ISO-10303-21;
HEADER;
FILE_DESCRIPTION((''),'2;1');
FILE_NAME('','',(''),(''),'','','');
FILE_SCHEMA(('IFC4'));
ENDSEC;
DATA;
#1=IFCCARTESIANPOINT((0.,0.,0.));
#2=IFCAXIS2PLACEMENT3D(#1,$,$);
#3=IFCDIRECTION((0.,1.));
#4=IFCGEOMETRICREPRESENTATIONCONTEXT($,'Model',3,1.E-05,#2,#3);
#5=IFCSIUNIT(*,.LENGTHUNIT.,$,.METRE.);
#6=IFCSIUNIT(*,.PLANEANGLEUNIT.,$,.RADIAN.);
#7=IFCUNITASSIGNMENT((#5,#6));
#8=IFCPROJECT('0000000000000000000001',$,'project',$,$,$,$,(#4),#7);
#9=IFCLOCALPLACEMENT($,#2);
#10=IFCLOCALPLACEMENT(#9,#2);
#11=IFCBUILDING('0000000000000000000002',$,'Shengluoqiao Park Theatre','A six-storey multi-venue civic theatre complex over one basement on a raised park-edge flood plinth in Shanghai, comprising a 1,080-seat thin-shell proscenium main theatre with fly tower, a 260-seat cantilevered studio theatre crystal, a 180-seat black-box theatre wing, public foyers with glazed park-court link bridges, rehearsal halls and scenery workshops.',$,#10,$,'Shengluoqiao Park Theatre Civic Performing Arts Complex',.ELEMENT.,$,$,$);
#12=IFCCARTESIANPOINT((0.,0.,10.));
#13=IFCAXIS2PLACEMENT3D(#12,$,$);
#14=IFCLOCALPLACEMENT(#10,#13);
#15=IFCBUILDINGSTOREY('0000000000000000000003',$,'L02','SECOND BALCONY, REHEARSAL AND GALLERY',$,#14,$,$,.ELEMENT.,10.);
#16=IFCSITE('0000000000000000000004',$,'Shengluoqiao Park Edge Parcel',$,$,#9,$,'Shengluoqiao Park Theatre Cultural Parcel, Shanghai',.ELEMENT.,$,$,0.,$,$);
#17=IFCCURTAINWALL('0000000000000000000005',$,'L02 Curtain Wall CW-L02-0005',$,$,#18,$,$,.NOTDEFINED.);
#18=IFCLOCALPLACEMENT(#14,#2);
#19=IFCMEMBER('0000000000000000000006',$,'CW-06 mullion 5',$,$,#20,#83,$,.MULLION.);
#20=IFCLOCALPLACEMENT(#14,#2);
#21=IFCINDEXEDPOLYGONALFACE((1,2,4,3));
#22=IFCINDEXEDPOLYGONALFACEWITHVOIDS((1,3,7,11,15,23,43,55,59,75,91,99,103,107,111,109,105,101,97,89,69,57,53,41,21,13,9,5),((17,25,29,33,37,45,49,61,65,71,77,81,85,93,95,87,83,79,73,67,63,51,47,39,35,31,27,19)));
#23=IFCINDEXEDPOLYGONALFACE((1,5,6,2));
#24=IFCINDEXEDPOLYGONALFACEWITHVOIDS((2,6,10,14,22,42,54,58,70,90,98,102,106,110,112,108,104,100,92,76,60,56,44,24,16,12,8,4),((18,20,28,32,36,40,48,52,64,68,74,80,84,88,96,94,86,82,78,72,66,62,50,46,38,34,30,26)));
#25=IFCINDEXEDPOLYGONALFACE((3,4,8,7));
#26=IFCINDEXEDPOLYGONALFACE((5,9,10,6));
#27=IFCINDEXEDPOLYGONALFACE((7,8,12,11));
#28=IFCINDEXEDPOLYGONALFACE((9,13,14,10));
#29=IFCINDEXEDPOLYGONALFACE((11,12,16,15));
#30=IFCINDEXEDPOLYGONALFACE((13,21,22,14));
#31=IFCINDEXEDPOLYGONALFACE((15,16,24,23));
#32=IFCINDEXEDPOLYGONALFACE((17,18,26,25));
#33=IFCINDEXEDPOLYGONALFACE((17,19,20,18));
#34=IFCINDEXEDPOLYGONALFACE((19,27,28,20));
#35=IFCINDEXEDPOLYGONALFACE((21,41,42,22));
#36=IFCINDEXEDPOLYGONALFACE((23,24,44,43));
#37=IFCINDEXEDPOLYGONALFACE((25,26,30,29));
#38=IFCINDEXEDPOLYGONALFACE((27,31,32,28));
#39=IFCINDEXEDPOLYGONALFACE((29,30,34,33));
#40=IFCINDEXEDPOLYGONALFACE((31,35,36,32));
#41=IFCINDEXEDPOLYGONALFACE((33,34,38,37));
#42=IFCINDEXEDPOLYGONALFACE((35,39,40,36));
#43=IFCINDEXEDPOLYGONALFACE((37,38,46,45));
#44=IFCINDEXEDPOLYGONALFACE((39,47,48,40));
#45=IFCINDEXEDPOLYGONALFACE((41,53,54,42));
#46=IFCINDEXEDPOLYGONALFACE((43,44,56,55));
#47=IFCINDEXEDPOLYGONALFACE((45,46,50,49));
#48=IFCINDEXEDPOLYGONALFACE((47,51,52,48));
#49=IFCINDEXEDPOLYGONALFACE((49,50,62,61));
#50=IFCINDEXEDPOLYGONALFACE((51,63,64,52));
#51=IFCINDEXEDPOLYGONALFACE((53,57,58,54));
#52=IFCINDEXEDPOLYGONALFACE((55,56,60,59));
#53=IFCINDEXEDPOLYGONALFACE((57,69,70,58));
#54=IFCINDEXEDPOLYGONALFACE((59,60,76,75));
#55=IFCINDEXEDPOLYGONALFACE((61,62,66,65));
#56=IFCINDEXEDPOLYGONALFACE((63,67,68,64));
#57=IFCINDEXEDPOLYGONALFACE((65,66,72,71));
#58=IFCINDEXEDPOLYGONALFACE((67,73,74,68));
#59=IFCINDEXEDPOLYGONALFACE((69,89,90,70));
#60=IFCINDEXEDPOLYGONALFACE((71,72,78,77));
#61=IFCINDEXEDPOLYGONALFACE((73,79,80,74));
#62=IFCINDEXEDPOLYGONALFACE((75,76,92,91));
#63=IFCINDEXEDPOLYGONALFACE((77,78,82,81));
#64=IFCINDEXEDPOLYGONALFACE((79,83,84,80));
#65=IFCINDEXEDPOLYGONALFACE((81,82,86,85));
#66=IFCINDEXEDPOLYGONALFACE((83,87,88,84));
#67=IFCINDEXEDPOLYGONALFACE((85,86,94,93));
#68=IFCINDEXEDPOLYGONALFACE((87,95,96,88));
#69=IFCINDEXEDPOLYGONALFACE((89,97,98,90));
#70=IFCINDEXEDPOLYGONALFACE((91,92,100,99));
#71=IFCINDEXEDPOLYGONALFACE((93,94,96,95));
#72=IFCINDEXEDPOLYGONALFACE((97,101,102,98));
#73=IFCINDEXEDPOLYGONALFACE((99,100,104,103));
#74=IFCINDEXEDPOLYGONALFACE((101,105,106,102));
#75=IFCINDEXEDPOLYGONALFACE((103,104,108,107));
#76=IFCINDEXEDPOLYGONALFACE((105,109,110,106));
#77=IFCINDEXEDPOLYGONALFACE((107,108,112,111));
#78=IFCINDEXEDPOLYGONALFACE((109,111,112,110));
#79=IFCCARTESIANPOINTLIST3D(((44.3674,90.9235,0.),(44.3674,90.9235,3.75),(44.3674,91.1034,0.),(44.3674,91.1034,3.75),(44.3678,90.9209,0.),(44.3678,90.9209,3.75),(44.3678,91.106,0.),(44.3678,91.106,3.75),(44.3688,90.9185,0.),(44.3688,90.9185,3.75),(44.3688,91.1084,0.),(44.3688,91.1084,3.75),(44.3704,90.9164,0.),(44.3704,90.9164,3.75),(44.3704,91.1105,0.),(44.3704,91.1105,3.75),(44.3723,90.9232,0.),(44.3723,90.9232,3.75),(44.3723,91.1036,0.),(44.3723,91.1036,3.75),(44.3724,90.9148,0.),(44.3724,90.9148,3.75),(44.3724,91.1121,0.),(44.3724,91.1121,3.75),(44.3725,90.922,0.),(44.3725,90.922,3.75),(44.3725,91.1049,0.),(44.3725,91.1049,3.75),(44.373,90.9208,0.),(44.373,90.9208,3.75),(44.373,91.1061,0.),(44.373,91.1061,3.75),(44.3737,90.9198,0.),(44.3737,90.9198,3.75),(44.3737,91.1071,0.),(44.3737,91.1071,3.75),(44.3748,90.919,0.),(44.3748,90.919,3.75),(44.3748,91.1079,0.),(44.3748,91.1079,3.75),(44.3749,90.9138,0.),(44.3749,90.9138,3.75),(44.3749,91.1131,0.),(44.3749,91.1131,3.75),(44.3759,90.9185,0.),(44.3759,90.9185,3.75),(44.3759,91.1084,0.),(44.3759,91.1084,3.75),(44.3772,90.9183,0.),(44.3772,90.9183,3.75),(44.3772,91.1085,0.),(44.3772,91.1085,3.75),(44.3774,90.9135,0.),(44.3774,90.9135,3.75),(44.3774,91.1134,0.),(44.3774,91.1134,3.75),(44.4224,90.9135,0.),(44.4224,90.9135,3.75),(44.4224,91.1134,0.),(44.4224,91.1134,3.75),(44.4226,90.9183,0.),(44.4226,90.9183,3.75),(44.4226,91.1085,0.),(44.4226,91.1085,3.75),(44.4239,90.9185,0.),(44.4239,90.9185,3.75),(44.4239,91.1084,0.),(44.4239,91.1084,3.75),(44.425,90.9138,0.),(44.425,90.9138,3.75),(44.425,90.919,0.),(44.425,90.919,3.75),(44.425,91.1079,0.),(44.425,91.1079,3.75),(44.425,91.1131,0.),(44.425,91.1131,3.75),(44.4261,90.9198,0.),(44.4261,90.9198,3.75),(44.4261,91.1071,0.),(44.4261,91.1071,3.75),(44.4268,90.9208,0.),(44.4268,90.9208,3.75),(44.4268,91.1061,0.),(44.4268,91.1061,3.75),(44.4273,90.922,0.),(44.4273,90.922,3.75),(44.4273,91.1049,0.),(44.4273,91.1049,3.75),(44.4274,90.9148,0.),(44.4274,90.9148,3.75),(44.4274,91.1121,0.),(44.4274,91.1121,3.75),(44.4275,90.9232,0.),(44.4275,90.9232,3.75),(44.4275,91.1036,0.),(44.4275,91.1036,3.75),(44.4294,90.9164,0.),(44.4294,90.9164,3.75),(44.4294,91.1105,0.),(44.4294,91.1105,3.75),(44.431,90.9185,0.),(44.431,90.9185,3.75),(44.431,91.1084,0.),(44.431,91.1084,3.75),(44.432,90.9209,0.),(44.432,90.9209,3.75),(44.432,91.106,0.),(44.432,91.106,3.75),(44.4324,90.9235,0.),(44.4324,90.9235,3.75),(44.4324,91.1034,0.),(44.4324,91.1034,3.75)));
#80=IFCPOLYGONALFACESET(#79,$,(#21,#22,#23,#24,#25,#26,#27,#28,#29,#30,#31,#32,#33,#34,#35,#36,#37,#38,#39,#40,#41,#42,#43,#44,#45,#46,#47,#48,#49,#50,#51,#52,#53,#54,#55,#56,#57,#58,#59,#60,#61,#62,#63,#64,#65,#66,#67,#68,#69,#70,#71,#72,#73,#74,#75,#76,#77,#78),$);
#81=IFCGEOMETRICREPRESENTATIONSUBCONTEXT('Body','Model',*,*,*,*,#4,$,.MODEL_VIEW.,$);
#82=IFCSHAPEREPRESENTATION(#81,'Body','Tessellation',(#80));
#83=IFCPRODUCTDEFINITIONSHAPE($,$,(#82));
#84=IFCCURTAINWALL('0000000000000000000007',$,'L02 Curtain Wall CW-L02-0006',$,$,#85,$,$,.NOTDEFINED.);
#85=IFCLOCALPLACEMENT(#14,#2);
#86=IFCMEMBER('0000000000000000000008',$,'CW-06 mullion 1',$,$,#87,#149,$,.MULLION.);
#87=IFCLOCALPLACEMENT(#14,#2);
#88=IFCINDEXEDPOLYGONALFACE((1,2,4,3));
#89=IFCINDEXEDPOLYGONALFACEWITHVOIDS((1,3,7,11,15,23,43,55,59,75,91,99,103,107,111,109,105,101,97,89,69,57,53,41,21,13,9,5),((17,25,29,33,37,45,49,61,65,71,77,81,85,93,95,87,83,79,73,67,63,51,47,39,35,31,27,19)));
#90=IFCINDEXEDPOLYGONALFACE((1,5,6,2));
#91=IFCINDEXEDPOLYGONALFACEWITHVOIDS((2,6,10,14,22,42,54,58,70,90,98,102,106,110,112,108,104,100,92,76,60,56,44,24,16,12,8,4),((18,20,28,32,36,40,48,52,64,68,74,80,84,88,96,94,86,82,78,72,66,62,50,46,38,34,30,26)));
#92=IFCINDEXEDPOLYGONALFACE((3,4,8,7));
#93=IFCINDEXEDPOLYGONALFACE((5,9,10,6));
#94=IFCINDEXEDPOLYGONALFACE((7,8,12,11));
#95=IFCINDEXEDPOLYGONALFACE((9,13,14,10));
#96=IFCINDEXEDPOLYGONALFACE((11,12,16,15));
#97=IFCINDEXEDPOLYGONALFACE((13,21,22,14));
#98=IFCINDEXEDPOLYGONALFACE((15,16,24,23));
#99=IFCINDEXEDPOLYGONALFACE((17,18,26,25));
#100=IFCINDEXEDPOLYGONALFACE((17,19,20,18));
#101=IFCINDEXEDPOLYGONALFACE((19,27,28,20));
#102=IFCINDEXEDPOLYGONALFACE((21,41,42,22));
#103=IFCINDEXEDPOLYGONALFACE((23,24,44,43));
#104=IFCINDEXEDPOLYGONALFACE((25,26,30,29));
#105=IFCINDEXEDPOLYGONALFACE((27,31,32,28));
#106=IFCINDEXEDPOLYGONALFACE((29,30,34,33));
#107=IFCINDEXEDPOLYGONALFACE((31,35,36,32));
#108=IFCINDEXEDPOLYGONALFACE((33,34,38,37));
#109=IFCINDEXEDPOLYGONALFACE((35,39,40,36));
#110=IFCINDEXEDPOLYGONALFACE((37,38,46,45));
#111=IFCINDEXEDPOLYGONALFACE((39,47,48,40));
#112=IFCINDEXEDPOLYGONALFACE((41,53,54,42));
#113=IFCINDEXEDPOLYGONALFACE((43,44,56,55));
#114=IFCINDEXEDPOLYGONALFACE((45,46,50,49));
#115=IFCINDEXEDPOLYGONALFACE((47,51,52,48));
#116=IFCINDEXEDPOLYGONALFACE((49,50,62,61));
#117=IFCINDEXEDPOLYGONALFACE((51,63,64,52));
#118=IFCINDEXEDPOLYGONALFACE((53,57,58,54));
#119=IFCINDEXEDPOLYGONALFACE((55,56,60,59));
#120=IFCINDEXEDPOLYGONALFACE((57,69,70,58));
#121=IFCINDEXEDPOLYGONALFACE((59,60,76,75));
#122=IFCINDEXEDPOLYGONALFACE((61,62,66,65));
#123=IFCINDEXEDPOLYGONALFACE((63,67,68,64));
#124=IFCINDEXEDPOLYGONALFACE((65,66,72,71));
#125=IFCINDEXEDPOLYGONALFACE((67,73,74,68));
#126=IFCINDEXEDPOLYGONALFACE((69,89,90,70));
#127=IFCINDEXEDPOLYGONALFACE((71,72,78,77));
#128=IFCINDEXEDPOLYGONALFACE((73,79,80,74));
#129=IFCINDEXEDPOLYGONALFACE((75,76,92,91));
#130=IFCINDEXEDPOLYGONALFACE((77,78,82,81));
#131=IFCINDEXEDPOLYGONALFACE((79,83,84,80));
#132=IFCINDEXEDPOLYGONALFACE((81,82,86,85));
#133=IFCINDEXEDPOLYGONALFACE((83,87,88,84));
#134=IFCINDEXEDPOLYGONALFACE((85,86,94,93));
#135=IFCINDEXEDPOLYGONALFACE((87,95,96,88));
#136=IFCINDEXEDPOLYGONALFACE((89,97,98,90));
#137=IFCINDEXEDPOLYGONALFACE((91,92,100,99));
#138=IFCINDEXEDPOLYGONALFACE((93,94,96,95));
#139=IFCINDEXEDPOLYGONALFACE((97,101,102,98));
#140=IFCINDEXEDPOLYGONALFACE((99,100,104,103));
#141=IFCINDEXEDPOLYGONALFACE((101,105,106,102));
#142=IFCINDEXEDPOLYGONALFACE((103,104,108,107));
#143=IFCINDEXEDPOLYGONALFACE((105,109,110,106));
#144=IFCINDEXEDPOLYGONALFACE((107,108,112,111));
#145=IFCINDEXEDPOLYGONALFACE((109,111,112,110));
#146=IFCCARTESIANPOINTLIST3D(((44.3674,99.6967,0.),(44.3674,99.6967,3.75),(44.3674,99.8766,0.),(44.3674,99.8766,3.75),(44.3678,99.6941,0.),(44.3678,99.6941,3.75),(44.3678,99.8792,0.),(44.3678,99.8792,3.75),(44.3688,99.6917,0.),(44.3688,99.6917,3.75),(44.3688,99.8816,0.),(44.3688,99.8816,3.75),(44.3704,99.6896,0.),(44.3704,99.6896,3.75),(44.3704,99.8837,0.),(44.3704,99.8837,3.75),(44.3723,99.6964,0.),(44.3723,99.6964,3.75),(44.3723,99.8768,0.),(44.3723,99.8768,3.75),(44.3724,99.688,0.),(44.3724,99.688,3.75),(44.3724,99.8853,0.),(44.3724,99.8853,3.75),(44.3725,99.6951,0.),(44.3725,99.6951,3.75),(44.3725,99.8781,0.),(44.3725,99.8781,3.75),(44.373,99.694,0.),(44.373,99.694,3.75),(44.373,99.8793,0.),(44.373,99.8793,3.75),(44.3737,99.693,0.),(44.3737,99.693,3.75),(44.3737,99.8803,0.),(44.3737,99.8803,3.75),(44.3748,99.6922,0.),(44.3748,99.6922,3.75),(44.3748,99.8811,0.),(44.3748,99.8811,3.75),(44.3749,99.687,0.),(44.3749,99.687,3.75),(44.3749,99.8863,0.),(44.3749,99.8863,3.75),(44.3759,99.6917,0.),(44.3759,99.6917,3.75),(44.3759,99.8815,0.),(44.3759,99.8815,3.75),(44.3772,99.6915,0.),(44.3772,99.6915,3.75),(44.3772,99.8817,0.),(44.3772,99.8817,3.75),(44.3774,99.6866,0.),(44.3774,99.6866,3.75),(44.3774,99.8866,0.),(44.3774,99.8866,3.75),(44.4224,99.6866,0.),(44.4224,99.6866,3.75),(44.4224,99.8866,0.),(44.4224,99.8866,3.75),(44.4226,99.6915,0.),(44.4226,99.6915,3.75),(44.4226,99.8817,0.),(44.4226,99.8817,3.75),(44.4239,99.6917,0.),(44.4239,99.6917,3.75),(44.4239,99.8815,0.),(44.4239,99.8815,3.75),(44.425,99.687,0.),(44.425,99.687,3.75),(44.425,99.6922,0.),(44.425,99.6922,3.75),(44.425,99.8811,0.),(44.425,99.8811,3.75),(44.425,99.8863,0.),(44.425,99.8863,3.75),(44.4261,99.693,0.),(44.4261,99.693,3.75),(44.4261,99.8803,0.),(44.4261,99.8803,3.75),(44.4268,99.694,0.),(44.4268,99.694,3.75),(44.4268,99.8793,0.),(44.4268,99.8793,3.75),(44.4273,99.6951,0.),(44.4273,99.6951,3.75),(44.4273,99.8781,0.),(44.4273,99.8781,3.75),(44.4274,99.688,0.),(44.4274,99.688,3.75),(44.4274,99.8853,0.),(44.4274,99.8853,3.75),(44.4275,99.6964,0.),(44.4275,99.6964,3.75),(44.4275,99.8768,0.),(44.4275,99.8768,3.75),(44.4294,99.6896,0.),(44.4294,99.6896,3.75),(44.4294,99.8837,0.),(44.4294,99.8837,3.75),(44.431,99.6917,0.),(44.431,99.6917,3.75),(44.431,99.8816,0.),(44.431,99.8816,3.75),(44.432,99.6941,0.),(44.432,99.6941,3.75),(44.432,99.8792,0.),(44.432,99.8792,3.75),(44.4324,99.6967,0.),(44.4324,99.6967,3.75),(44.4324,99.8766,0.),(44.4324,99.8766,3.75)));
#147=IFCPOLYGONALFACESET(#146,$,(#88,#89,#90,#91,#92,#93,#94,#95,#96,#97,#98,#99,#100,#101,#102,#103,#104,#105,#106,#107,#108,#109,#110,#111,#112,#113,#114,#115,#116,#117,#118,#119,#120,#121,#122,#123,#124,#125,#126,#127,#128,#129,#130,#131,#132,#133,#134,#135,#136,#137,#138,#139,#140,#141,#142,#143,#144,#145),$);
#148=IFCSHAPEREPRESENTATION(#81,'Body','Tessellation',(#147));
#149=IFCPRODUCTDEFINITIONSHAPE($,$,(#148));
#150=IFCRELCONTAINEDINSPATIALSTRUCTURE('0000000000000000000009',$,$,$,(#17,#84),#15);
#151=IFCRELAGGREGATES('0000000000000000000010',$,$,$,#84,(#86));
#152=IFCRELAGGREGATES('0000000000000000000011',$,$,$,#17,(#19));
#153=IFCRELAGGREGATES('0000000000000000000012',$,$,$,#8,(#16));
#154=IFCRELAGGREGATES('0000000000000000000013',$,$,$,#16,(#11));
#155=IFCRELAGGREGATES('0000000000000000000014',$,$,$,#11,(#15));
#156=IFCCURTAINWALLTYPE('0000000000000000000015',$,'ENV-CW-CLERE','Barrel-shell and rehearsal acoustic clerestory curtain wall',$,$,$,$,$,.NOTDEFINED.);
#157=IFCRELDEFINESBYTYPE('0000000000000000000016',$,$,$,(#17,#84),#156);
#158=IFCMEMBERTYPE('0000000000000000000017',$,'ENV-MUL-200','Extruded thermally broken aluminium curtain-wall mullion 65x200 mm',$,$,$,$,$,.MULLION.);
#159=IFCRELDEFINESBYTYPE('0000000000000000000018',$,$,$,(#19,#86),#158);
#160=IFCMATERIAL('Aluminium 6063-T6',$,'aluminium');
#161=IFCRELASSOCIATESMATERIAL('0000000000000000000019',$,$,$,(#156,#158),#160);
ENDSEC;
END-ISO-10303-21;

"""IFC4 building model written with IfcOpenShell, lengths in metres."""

from ifc_helpers import new_model, si_unit, direction, frame, origin, origin_2d, place, context, subcontext, project, spatial, hollow_rectangle, extrude, material, material_profile, profile_set, type_object, element, aggregate, save


model = new_model("IFC4")

# Units and contexts
model_context = context("Model", 3, precision=1e-05, world=origin(), true_north=direction((0.0, 1.0)))
body_context = subcontext(model_context, "Body", "Model", "MODEL_VIEW")
ifc_project = project(units=[si_unit("LENGTHUNIT", "METRE"), si_unit("PLANEANGLEUNIT", "RADIAN")], contexts=[model_context])

# Site, building, storey
site_placement = place(None, origin())
site = spatial("IfcSite", under=ifc_project, at=site_placement, Name="Shengluoqiao Park Edge Parcel", LongName="Shengluoqiao Park Theatre Cultural Parcel, Shanghai", CompositionType="ELEMENT", RefElevation=0.0)
building_placement = place(site_placement, origin())
building = spatial("IfcBuilding", under=site, at=building_placement, Name="Shengluoqiao Park Theatre", Description="A six-storey multi-venue civic theatre complex over one basement on a raised park-edge flood plinth in Shanghai, comprising a 1,080-seat thin-shell proscenium main theatre with fly tower, a 260-seat cantilevered studio theatre crystal, a 180-seat black-box theatre wing, public foyers with glazed park-court link bridges, rehearsal halls and scenery workshops.", LongName="Shengluoqiao Park Theatre Civic Performing Arts Complex", CompositionType="ELEMENT")
storey_placement = place(building_placement, frame((0.0, 0.0, 10.0)))
storey = spatial("IfcBuildingStorey", under=building, at=storey_placement, Name="L02", Description="SECOND BALCONY, REHEARSAL AND GALLERY", CompositionType="ELEMENT", Elevation=10.0)

# Curtain wall, member
ifc_material_1 = material(Name="Aluminium 6063-T6", Category="aluminium")
curtain_wall_type = type_object("IfcCurtainWallType", Name="ENV-CW-CLERE", Description="Barrel-shell and rehearsal acoustic clerestory curtain wall", PredefinedType="NOTDEFINED", material=ifc_material_1)
curtain_wall_1_placement = place(storey_placement, origin())
curtain_wall_1 = element("IfcCurtainWall", 1, at=curtain_wall_1_placement, inside=storey, type_object=curtain_wall_type, Name="L02 Curtain Wall CW-L02-0005", PredefinedType="NOTDEFINED")
ifc_material_profile_1 = material_profile(ifc_material_1, hollow_rectangle(XDim=0.0649, YDim=0.2, WallThickness=0.0049, InnerFilletRadius=0.0049, OuterFilletRadius=0.01, at=origin_2d()), Name="ALU MULLION 200x65x5")
ifc_profile_set_1 = profile_set([ifc_material_profile_1], Name="Aluminium 6063-T6")
member_type_1 = type_object("IfcMemberType", Name="ENV-MUL-200", Description="Extruded thermally broken aluminium curtain-wall mullion 65x200 mm", PredefinedType="MULLION", material=ifc_profile_set_1)
member_1_placement = place(storey_placement, frame((44.3999, 91.0134, 0.0), z_axis=(0.0, 0.0, 1.0), x_axis=(-1.0, 0.0, 0.0)))
member_1 = element("IfcMember", 2, at=member_1_placement, type_object=member_type_1, Name="CW-06 mullion 5", PredefinedType="MULLION", context=body_context, shape_type="SweptSolid", body=[
    extrude(hollow_rectangle(XDim=0.0649, YDim=0.2, WallThickness=0.0049, InnerFilletRadius=0.0049, OuterFilletRadius=0.01, at=origin_2d()), origin(), (0.0, 0.0, 1.0), 3.75),
])

# Curtain wall, member
curtain_wall_2_placement = place(storey_placement, origin())
curtain_wall_2 = element("IfcCurtainWall", 3, at=curtain_wall_2_placement, inside=storey, type_object=curtain_wall_type, Name="L02 Curtain Wall CW-L02-0006", PredefinedType="NOTDEFINED")
member_2_placement = place(storey_placement, frame((44.3999, 99.7866, 0.0), z_axis=(0.0, 0.0, 1.0), x_axis=(-1.0, 0.0, 0.0)))
member_2 = element("IfcMember", 4, at=member_2_placement, type_object=member_type_1, Name="CW-06 mullion 1", PredefinedType="MULLION", context=body_context, shape_type="SweptSolid", body=[
    extrude(hollow_rectangle(XDim=0.0649, YDim=0.2, WallThickness=0.0049, InnerFilletRadius=0.0049, OuterFilletRadius=0.01, at=origin_2d()), origin(), (0.0, 0.0, 1.0), 3.75),
])
aggregate(curtain_wall_2, [member_2])

aggregate(curtain_wall_1, [member_1])

save(model, "model.ifc")
